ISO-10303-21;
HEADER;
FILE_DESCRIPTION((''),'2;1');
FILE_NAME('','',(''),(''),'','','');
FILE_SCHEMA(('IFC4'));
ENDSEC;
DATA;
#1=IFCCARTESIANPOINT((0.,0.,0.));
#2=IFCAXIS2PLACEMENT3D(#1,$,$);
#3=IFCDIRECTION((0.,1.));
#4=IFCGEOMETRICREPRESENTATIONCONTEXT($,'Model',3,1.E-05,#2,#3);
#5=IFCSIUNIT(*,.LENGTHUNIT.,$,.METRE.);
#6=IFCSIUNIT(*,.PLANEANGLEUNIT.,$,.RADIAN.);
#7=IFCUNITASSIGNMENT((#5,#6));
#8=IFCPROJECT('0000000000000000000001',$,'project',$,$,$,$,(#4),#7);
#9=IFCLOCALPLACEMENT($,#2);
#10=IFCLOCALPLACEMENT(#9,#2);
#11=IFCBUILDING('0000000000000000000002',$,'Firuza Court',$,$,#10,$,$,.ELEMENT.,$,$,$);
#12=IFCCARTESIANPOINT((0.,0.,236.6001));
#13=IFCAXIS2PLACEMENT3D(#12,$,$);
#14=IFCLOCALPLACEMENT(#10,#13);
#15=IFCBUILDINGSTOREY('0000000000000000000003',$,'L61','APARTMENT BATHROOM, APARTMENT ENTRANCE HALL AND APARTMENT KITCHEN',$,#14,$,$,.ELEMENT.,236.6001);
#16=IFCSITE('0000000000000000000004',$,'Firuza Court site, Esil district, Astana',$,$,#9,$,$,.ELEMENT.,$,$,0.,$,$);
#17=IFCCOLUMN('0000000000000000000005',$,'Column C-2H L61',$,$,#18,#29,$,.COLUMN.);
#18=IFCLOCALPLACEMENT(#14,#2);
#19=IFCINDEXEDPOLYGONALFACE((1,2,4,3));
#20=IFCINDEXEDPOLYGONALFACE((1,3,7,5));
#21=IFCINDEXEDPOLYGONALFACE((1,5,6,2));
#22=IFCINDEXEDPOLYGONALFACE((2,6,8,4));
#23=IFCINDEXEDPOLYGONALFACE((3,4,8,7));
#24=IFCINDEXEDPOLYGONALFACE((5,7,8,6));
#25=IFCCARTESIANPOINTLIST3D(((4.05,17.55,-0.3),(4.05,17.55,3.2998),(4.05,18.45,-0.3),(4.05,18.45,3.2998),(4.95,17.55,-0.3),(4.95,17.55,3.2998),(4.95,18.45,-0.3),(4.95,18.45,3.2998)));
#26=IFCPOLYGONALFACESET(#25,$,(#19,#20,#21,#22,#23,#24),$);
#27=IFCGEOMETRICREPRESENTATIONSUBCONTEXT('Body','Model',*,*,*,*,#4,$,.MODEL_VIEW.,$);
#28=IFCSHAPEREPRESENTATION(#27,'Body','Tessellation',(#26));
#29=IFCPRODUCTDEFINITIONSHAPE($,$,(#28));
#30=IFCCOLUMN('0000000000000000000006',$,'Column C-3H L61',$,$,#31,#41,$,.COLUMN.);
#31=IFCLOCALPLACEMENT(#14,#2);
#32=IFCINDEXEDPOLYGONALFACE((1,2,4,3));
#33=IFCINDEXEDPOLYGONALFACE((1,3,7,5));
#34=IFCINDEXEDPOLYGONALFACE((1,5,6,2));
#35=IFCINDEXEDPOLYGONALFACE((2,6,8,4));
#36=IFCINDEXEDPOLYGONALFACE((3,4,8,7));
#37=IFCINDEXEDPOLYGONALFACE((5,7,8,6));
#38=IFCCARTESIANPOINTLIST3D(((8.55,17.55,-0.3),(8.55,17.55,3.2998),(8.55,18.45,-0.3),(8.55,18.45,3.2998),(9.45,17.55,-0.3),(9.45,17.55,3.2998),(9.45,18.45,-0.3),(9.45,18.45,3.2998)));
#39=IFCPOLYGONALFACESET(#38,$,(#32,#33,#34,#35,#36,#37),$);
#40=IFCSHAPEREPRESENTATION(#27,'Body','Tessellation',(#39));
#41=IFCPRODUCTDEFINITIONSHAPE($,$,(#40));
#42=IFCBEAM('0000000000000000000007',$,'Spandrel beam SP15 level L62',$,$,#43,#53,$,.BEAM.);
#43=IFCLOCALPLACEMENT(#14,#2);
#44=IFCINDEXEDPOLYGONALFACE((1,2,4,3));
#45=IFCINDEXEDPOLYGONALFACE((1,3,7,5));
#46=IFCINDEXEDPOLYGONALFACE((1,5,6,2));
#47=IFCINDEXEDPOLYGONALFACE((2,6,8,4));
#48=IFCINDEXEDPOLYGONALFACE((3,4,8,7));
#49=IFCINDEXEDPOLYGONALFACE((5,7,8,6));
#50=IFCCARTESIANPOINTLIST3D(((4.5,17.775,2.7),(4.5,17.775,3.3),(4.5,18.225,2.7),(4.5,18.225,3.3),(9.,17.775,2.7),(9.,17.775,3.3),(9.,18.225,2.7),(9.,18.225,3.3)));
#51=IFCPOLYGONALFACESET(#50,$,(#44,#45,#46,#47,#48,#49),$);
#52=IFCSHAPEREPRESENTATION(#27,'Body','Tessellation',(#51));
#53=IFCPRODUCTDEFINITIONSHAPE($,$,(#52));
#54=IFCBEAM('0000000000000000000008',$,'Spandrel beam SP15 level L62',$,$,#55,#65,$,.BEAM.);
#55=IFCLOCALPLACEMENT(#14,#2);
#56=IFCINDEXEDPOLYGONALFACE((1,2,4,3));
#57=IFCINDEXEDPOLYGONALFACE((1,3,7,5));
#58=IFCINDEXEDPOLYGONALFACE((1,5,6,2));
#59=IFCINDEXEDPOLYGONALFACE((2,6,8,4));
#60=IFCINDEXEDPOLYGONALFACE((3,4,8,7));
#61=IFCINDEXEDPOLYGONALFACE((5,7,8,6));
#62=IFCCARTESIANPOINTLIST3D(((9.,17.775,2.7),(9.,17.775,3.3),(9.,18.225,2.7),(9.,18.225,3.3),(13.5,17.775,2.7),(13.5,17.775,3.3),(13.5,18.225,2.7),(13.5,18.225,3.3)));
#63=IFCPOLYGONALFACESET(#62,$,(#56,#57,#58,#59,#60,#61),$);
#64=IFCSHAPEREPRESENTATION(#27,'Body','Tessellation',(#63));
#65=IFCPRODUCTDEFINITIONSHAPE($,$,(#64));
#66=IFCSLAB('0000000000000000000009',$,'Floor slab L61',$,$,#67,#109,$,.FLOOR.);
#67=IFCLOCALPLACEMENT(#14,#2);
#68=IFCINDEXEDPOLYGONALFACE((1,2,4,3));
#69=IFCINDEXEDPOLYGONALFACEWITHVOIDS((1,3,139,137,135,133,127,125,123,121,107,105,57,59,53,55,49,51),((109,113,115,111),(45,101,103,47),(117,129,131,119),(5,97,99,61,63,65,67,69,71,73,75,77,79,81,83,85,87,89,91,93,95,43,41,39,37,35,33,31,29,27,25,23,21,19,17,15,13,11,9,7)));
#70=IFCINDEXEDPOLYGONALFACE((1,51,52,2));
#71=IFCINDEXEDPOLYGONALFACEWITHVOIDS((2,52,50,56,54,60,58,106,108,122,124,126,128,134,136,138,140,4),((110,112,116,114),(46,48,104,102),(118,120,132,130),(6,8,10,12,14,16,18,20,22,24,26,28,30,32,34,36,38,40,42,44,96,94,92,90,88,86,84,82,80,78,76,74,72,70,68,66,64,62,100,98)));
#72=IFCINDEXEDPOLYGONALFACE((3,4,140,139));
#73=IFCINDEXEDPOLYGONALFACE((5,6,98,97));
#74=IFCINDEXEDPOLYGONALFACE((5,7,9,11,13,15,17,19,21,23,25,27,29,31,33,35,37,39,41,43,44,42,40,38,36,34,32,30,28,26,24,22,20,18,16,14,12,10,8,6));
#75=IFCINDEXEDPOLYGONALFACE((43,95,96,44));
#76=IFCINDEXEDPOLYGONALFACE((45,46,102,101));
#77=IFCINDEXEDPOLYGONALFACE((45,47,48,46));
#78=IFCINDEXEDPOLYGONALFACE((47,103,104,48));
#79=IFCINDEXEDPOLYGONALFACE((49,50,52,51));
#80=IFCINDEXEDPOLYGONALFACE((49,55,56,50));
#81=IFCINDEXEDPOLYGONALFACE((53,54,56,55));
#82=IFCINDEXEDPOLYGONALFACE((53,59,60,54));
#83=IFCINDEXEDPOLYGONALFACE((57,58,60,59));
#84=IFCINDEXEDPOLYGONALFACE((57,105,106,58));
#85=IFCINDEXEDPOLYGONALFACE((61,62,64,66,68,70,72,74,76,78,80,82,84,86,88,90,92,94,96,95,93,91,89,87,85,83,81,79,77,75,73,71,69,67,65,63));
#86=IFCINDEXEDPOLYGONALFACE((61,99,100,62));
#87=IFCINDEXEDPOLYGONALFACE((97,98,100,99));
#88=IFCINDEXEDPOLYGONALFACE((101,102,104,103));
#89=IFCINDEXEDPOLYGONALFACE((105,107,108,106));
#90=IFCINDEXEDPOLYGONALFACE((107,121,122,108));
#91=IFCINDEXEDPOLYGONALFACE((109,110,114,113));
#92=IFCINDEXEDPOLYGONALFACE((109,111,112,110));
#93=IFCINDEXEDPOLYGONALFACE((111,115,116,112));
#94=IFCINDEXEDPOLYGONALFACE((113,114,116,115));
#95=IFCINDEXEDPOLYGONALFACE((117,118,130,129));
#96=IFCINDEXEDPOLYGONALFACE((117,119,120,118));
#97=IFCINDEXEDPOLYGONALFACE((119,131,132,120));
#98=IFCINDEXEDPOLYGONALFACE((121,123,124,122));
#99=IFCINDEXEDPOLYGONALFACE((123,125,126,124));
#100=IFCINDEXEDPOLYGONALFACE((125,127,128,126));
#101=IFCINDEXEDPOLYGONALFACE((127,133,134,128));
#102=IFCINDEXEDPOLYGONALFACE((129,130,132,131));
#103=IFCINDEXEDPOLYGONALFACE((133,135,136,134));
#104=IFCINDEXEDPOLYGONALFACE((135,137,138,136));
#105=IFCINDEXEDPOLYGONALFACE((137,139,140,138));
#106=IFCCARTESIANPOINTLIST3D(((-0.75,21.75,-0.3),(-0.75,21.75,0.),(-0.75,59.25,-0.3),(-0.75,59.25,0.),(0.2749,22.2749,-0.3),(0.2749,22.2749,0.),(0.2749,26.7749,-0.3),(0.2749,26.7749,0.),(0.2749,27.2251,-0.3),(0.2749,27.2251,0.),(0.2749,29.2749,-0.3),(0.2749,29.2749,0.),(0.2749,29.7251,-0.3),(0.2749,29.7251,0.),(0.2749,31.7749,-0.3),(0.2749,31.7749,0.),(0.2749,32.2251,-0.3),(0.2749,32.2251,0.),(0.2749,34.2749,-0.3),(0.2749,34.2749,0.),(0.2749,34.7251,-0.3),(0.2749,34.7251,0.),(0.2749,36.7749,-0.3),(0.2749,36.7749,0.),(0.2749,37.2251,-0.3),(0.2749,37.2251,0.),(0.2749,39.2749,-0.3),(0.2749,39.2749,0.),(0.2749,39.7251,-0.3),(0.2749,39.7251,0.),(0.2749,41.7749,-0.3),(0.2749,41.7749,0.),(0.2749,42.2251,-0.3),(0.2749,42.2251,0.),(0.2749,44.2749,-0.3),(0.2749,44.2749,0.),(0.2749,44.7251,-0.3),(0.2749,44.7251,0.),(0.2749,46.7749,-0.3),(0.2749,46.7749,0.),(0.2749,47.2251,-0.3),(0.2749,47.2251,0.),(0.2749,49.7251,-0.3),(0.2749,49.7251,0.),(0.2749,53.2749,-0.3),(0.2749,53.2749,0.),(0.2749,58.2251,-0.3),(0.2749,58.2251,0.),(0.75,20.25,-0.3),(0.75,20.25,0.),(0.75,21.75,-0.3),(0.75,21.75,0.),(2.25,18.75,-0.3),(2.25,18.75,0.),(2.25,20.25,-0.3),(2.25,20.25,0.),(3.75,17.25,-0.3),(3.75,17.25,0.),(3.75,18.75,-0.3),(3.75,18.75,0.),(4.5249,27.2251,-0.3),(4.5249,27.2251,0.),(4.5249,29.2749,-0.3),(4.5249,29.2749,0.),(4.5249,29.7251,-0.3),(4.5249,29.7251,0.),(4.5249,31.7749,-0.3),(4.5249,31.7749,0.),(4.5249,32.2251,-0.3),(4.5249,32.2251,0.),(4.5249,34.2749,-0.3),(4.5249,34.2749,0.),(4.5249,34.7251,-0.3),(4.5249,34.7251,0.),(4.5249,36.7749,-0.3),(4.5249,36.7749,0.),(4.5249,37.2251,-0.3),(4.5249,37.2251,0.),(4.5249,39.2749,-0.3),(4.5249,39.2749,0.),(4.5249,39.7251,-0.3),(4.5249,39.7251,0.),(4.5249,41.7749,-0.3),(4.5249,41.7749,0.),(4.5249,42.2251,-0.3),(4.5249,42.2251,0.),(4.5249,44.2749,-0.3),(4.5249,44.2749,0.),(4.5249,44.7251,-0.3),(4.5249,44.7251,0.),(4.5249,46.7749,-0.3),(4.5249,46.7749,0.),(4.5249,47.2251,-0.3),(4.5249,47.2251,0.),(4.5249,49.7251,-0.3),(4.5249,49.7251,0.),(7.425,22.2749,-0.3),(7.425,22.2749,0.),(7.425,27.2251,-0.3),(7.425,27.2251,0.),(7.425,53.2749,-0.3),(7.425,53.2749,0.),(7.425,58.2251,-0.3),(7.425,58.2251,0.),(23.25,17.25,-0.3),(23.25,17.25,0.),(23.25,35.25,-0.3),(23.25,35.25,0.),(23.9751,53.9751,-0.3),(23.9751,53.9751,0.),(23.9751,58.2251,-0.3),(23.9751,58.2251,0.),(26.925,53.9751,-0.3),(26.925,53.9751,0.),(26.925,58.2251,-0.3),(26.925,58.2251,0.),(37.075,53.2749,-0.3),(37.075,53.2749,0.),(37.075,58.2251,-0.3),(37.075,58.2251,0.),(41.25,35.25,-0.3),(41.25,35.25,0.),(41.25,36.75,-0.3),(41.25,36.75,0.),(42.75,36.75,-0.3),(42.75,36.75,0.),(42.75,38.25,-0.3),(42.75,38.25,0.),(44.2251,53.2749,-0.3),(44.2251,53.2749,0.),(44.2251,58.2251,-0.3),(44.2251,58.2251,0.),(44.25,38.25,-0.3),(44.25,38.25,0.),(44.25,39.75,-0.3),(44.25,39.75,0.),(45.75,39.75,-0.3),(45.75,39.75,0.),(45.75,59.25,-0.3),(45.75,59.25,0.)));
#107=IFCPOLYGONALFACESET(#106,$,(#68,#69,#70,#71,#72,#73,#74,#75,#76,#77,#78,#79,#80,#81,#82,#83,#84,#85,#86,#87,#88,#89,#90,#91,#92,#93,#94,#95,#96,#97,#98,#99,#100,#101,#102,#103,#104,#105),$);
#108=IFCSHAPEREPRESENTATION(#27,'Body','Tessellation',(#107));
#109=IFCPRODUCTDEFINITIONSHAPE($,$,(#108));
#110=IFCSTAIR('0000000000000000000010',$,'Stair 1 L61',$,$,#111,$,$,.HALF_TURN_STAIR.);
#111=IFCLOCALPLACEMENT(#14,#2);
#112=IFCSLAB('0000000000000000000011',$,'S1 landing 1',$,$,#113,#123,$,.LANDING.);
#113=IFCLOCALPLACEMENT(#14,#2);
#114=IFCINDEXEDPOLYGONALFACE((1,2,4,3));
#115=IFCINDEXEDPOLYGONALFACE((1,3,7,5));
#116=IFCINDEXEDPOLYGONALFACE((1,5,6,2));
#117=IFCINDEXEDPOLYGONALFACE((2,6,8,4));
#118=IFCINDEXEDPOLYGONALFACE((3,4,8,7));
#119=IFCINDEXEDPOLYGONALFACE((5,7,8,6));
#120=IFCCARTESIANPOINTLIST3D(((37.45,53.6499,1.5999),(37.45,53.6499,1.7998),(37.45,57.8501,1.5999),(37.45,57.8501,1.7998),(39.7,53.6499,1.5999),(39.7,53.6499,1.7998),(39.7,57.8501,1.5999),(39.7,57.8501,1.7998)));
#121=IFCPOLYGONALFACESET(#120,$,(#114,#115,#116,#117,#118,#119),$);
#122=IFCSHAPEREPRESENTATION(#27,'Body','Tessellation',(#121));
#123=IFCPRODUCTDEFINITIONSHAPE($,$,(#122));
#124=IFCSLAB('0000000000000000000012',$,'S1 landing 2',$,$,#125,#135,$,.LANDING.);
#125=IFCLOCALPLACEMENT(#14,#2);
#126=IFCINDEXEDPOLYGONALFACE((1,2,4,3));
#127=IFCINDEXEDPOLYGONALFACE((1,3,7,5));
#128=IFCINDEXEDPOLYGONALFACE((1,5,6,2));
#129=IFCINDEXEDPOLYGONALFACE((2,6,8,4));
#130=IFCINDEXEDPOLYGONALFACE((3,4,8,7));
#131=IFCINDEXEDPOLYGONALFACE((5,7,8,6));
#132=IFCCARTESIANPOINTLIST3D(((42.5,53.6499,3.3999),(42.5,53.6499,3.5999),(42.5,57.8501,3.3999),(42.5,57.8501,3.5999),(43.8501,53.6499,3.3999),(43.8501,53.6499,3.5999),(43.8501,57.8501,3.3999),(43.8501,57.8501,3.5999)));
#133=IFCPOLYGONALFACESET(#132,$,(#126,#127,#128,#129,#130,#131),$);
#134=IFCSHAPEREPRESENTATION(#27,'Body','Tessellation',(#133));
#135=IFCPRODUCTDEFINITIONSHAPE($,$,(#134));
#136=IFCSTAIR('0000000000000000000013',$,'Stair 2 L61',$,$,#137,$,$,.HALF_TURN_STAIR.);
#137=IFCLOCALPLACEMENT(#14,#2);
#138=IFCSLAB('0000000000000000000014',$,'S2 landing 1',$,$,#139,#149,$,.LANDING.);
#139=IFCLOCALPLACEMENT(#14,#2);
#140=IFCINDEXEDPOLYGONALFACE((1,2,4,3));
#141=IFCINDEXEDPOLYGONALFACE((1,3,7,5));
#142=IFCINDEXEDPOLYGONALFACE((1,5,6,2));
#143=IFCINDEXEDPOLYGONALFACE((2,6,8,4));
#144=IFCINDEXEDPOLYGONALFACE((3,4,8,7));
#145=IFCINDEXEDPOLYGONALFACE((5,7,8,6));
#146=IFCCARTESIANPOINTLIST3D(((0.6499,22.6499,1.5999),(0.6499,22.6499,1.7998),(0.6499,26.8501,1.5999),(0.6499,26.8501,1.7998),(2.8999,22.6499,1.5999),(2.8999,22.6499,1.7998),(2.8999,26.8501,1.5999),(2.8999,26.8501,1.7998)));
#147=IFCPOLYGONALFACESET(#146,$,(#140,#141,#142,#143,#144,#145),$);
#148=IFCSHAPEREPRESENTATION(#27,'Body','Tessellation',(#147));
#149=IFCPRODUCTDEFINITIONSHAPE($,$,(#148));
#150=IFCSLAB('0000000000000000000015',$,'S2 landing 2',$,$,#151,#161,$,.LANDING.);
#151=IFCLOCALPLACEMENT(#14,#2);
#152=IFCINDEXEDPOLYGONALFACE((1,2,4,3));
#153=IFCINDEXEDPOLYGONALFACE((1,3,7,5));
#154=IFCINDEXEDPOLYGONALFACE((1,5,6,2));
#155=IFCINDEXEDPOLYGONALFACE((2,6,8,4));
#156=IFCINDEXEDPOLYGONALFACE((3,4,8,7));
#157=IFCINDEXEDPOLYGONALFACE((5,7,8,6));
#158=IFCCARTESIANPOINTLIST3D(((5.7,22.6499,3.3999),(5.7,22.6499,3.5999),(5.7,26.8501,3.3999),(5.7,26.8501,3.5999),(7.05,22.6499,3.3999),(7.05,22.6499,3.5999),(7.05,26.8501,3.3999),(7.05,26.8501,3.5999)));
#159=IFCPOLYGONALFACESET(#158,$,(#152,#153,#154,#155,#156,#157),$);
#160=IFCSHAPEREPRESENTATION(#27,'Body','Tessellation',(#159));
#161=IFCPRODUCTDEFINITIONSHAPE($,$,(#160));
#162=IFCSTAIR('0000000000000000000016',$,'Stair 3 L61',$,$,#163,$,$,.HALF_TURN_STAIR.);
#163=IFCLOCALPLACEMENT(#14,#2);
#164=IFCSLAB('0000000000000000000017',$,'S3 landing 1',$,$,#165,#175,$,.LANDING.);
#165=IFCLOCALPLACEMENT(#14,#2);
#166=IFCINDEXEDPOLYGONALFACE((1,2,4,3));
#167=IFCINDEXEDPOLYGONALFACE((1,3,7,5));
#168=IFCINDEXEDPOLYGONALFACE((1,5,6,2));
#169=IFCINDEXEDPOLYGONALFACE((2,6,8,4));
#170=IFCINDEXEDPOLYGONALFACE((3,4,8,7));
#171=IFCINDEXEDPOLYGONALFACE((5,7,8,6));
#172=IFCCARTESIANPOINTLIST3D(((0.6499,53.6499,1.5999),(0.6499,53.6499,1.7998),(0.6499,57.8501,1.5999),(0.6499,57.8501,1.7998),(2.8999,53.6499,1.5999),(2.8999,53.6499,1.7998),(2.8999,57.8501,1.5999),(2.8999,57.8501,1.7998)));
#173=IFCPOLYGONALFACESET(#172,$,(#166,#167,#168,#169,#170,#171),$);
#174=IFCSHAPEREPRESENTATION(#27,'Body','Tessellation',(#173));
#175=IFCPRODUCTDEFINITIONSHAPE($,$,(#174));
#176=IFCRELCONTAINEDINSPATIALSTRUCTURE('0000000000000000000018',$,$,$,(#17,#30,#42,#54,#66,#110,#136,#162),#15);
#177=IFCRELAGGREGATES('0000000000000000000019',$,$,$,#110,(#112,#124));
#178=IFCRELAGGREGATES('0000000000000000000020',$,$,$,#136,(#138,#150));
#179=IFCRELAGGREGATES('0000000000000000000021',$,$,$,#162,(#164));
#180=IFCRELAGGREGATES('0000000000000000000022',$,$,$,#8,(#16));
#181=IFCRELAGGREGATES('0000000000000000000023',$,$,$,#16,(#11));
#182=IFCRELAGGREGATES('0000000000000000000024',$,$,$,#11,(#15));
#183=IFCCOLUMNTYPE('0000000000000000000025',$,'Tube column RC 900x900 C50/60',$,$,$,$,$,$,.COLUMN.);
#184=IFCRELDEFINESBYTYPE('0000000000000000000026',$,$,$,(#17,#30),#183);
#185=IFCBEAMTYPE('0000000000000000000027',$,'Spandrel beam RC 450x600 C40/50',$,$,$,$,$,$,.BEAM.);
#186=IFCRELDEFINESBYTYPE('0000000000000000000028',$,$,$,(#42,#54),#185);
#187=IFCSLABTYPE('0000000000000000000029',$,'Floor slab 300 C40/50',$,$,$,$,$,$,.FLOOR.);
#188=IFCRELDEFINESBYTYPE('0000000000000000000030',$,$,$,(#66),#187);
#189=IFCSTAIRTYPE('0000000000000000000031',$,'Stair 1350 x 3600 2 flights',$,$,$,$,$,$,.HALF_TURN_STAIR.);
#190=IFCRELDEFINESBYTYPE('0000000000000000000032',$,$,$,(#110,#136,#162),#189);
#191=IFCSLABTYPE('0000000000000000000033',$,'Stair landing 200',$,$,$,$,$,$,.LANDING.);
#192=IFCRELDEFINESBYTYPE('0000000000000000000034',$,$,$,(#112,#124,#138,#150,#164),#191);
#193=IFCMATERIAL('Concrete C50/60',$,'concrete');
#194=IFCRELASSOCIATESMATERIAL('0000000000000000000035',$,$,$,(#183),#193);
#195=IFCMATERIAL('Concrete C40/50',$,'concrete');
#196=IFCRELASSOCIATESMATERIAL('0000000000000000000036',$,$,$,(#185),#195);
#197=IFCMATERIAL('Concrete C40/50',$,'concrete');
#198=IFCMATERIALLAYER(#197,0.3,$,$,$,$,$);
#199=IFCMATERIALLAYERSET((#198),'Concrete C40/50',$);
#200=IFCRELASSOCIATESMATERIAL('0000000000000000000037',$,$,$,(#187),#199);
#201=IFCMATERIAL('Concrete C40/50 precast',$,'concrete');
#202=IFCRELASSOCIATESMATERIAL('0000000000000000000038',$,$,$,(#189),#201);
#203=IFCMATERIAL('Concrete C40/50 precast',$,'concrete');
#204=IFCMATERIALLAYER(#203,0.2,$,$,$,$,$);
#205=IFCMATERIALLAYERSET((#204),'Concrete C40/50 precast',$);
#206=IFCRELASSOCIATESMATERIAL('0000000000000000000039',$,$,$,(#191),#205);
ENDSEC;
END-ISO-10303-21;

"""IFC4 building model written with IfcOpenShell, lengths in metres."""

from ifc_helpers import new_model, si_unit, direction, frame, origin, origin_2d, place, context, subcontext, project, spatial, polyline, rectangle, outline, extrude, material, layer, layer_set, material_profile, profile_set, type_object, element, aggregate, save


model = new_model("IFC4")

# Units and contexts
model_context = context("Model", 3, precision=1e-05, world=origin(), true_north=direction((0.0, 1.0)))
body_context = subcontext(model_context, "Body", "Model", "MODEL_VIEW")
ifc_project = project(units=[si_unit("LENGTHUNIT", "METRE"), si_unit("PLANEANGLEUNIT", "RADIAN")], contexts=[model_context])

# Site, building, storey
site_placement = place(None, origin())
site = spatial("IfcSite", under=ifc_project, at=site_placement, Name="Firuza Court site, Esil district, Astana", CompositionType="ELEMENT", RefElevation=0.0)
building_placement = place(site_placement, origin())
building = spatial("IfcBuilding", under=site, at=building_placement, Name="Firuza Court", CompositionType="ELEMENT")
storey_placement = place(building_placement, frame((0.0, 0.0, 236.6001)))
storey = spatial("IfcBuildingStorey", under=building, at=storey_placement, Name="L61", Description="APARTMENT BATHROOM, APARTMENT ENTRANCE HALL AND APARTMENT KITCHEN", CompositionType="ELEMENT", Elevation=236.6001)

# Columns
ifc_material_1 = material(Name="Concrete C50/60", Category="concrete")
ifc_material_profile_1 = material_profile(ifc_material_1, rectangle(XDim=0.8999, YDim=0.8999, at=origin_2d()), Name="RC 900x900")
ifc_profile_set_1 = profile_set([ifc_material_profile_1], Name="Concrete C50/60")
column_type = type_object("IfcColumnType", Name="Tube column RC 900x900 C50/60", PredefinedType="COLUMN", material=ifc_profile_set_1)
for number, where, z_axis, x_axis, name in (
    (1, (4.5, 18.0, -0.3), (0.0, 0.0, 1.0), (1.0, 0.0, 0.0), "Column C-2H L61"),
    (2, (9.0, 18.0, -0.3), (0.0, 0.0, 1.0), (1.0, 0.0, 0.0), "Column C-3H L61"),
):
    element("IfcColumn", number, at=place(storey_placement, frame(where, z_axis=z_axis, x_axis=x_axis)), inside=storey, type_object=column_type, Name=name, PredefinedType="COLUMN", context=body_context, shape_type="SweptSolid", body=[
        extrude(rectangle(XDim=0.8999, YDim=0.8999, at=origin_2d()), origin(), (0.0, 0.0, 1.0), 3.5999),
    ])

# Beams
ifc_material_2 = material(Name="Concrete C40/50", Category="concrete")
ifc_material_profile_2 = material_profile(ifc_material_2, rectangle(XDim=0.45, YDim=0.6001, at=origin_2d()), Name="RC 450x600")
ifc_profile_set_2 = profile_set([ifc_material_profile_2], Name="Concrete C40/50")
beam_type = type_object("IfcBeamType", Name="Spandrel beam RC 450x600 C40/50", PredefinedType="BEAM", material=ifc_profile_set_2)
for number, where, z_axis, x_axis, name in (
    (3, (4.5, 18.0, 3.0), (1.0, 0.0, 0.0), (0.0, 1.0, 0.0), "Spandrel beam SP15 level L62"),
    (4, (9.0, 18.0, 3.0), (1.0, 0.0, 0.0), (0.0, 1.0, 0.0), "Spandrel beam SP15 level L62"),
):
    element("IfcBeam", number, at=place(storey_placement, frame(where, z_axis=z_axis, x_axis=x_axis)), inside=storey, type_object=beam_type, Name=name, PredefinedType="BEAM", context=body_context, shape_type="SweptSolid", body=[
        extrude(rectangle(XDim=0.45, YDim=0.6001, at=origin_2d()), origin(), (0.0, 0.0, 1.0), 4.5),
    ])

# Slab
ifc_material_3 = material(Name="Concrete C40/50", Category="concrete")
ifc_layer_1 = layer(ifc_material_3, 0.3)
ifc_layer_set_1 = layer_set([ifc_layer_1], Name="Concrete C40/50")
slab_type_1 = type_object("IfcSlabType", Name="Floor slab 300 C40/50", PredefinedType="FLOOR", material=ifc_layer_set_1)
slab_1_placement = place(storey_placement, frame((0.0, 0.0, -0.3)))
element("IfcSlab", 5, at=slab_1_placement, inside=storey, type_object=slab_type_1, Name="Floor slab L61", PredefinedType="FLOOR", context=body_context, shape_type="SweptSolid", body=[
    extrude(outline(polyline([(-0.75, 59.25), (45.75, 59.25), (45.75, 39.75), (44.25, 39.75), (44.25, 38.25), (42.75, 38.25), (42.75, 36.75), (41.25, 36.75), (41.25, 35.25), (23.25, 35.25), (23.25, 17.25), (3.75, 17.25), (3.75, 18.75), (2.25, 18.75), (2.25, 20.25), (0.75, 20.25), (0.75, 21.75), (-0.75, 21.75), (-0.75, 59.25)]), holes=[polyline([(0.2749, 34.2749), (0.2749, 32.2251), (0.2749, 31.7749), (0.2749, 29.7251), (0.2749, 29.2749), (0.2749, 27.2251), (0.2749, 26.7749), (0.2749, 22.2749), (7.425, 22.2749), (7.425, 27.2251), (4.5249, 27.2251), (4.5249, 29.2749), (4.5249, 29.7251), (4.5249, 31.7749), (4.5249, 32.2251), (4.5249, 34.2749), (4.5249, 34.7251), (4.5249, 36.7749), (4.5249, 37.2251), (4.5249, 39.2749), (4.5249, 39.7251), (4.5249, 41.7749), (4.5249, 42.2251), (4.5249, 44.2749), (4.5249, 44.7251), (4.5249, 46.7749), (4.5249, 47.2251), (4.5249, 49.7251), (0.2749, 49.7251), (0.2749, 47.2251), (0.2749, 46.7749), (0.2749, 44.7251), (0.2749, 44.2749), (0.2749, 42.2251), (0.2749, 41.7749), (0.2749, 39.7251), (0.2749, 39.2749), (0.2749, 37.2251), (0.2749, 36.7749), (0.2749, 34.7251), (0.2749, 34.2749)]), polyline([(7.425, 58.2251), (0.2749, 58.2251), (0.2749, 53.2749), (7.425, 53.2749), (7.425, 58.2251)]), polyline([(44.2251, 58.2251), (37.075, 58.2251), (37.075, 53.2749), (44.2251, 53.2749), (44.2251, 58.2251)]), polyline([(26.925, 58.2251), (23.9751, 58.2251), (23.9751, 53.9751), (26.925, 53.9751), (26.925, 58.2251)])]), origin(), (0.0, 0.0, 1.0), 0.3),
])

# Stairs, slabs
ifc_material_4 = material(Name="Concrete C40/50 precast", Category="concrete")
stair_type = type_object("IfcStairType", Name="Stair 1350 x 3600 2 flights", PredefinedType="HALF_TURN_STAIR", material=ifc_material_4)
stair_1_placement = place(storey_placement, origin())
stair_1 = element("IfcStair", 6, at=stair_1_placement, inside=storey, type_object=stair_type, Name="Stair 1 L61", PredefinedType="HALF_TURN_STAIR")
ifc_material_5 = material(Name="Concrete C40/50 precast", Category="concrete")
ifc_layer_2 = layer(ifc_material_5, 0.2)
ifc_layer_set_2 = layer_set([ifc_layer_2], Name="Concrete C40/50 precast")
slab_type_2 = type_object("IfcSlabType", Name="Stair landing 200", PredefinedType="LANDING", material=ifc_layer_set_2)
slab_2_placement = place(storey_placement, frame((0.0, 0.0, 1.5999)))
slab_2 = element("IfcSlab", 7, at=slab_2_placement, type_object=slab_type_2, Name="S1 landing 1", PredefinedType="LANDING", context=body_context, shape_type="SweptSolid", body=[
    extrude(outline(polyline([(39.7, 53.6499), (39.7, 57.8501), (37.45, 57.8501), (37.45, 53.6499), (39.7, 53.6499)])), origin(), (0.0, 0.0, 1.0), 0.2),
])
slab_3_placement = place(storey_placement, frame((0.0, 0.0, 3.3999)))
slab_3 = element("IfcSlab", 8, at=slab_3_placement, type_object=slab_type_2, Name="S1 landing 2", PredefinedType="LANDING", context=body_context, shape_type="SweptSolid", body=[
    extrude(outline(polyline([(43.8501, 53.6499), (43.8501, 57.8501), (42.5, 57.8501), (42.5, 53.6499), (43.8501, 53.6499)])), origin(), (0.0, 0.0, 1.0), 0.2),
])
aggregate(stair_1, [slab_2, slab_3])
stair_2_placement = place(storey_placement, origin())
stair_2 = element("IfcStair", 9, at=stair_2_placement, inside=storey, type_object=stair_type, Name="Stair 2 L61", PredefinedType="HALF_TURN_STAIR")
slab_4_placement = place(storey_placement, frame((0.0, 0.0, 1.5999)))
slab_4 = element("IfcSlab", 10, at=slab_4_placement, type_object=slab_type_2, Name="S2 landing 1", PredefinedType="LANDING", context=body_context, shape_type="SweptSolid", body=[
    extrude(outline(polyline([(2.8999, 22.6499), (2.8999, 26.8501), (0.6499, 26.8501), (0.6499, 22.6499), (2.8999, 22.6499)])), origin(), (0.0, 0.0, 1.0), 0.2),
])
slab_5_placement = place(storey_placement, frame((0.0, 0.0, 3.3999)))
slab_5 = element("IfcSlab", 11, at=slab_5_placement, type_object=slab_type_2, Name="S2 landing 2", PredefinedType="LANDING", context=body_context, shape_type="SweptSolid", body=[
    extrude(outline(polyline([(7.05, 22.6499), (7.05, 26.8501), (5.7, 26.8501), (5.7, 22.6499), (7.05, 22.6499)])), origin(), (0.0, 0.0, 1.0), 0.2),
])
aggregate(stair_2, [slab_4, slab_5])
stair_3_placement = place(storey_placement, origin())
stair_3 = element("IfcStair", 12, at=stair_3_placement, inside=storey, type_object=stair_type, Name="Stair 3 L61", PredefinedType="HALF_TURN_STAIR")
slab_6_placement = place(storey_placement, frame((0.0, 0.0, 1.5999)))
slab_6 = element("IfcSlab", 13, at=slab_6_placement, type_object=slab_type_2, Name="S3 landing 1", PredefinedType="LANDING", context=body_context, shape_type="SweptSolid", body=[
    extrude(outline(polyline([(2.8999, 53.6499), (2.8999, 57.8501), (0.6499, 57.8501), (0.6499, 53.6499), (2.8999, 53.6499)])), origin(), (0.0, 0.0, 1.0), 0.2),
])
aggregate(stair_3, [slab_6])

save(model, "model.ifc")
